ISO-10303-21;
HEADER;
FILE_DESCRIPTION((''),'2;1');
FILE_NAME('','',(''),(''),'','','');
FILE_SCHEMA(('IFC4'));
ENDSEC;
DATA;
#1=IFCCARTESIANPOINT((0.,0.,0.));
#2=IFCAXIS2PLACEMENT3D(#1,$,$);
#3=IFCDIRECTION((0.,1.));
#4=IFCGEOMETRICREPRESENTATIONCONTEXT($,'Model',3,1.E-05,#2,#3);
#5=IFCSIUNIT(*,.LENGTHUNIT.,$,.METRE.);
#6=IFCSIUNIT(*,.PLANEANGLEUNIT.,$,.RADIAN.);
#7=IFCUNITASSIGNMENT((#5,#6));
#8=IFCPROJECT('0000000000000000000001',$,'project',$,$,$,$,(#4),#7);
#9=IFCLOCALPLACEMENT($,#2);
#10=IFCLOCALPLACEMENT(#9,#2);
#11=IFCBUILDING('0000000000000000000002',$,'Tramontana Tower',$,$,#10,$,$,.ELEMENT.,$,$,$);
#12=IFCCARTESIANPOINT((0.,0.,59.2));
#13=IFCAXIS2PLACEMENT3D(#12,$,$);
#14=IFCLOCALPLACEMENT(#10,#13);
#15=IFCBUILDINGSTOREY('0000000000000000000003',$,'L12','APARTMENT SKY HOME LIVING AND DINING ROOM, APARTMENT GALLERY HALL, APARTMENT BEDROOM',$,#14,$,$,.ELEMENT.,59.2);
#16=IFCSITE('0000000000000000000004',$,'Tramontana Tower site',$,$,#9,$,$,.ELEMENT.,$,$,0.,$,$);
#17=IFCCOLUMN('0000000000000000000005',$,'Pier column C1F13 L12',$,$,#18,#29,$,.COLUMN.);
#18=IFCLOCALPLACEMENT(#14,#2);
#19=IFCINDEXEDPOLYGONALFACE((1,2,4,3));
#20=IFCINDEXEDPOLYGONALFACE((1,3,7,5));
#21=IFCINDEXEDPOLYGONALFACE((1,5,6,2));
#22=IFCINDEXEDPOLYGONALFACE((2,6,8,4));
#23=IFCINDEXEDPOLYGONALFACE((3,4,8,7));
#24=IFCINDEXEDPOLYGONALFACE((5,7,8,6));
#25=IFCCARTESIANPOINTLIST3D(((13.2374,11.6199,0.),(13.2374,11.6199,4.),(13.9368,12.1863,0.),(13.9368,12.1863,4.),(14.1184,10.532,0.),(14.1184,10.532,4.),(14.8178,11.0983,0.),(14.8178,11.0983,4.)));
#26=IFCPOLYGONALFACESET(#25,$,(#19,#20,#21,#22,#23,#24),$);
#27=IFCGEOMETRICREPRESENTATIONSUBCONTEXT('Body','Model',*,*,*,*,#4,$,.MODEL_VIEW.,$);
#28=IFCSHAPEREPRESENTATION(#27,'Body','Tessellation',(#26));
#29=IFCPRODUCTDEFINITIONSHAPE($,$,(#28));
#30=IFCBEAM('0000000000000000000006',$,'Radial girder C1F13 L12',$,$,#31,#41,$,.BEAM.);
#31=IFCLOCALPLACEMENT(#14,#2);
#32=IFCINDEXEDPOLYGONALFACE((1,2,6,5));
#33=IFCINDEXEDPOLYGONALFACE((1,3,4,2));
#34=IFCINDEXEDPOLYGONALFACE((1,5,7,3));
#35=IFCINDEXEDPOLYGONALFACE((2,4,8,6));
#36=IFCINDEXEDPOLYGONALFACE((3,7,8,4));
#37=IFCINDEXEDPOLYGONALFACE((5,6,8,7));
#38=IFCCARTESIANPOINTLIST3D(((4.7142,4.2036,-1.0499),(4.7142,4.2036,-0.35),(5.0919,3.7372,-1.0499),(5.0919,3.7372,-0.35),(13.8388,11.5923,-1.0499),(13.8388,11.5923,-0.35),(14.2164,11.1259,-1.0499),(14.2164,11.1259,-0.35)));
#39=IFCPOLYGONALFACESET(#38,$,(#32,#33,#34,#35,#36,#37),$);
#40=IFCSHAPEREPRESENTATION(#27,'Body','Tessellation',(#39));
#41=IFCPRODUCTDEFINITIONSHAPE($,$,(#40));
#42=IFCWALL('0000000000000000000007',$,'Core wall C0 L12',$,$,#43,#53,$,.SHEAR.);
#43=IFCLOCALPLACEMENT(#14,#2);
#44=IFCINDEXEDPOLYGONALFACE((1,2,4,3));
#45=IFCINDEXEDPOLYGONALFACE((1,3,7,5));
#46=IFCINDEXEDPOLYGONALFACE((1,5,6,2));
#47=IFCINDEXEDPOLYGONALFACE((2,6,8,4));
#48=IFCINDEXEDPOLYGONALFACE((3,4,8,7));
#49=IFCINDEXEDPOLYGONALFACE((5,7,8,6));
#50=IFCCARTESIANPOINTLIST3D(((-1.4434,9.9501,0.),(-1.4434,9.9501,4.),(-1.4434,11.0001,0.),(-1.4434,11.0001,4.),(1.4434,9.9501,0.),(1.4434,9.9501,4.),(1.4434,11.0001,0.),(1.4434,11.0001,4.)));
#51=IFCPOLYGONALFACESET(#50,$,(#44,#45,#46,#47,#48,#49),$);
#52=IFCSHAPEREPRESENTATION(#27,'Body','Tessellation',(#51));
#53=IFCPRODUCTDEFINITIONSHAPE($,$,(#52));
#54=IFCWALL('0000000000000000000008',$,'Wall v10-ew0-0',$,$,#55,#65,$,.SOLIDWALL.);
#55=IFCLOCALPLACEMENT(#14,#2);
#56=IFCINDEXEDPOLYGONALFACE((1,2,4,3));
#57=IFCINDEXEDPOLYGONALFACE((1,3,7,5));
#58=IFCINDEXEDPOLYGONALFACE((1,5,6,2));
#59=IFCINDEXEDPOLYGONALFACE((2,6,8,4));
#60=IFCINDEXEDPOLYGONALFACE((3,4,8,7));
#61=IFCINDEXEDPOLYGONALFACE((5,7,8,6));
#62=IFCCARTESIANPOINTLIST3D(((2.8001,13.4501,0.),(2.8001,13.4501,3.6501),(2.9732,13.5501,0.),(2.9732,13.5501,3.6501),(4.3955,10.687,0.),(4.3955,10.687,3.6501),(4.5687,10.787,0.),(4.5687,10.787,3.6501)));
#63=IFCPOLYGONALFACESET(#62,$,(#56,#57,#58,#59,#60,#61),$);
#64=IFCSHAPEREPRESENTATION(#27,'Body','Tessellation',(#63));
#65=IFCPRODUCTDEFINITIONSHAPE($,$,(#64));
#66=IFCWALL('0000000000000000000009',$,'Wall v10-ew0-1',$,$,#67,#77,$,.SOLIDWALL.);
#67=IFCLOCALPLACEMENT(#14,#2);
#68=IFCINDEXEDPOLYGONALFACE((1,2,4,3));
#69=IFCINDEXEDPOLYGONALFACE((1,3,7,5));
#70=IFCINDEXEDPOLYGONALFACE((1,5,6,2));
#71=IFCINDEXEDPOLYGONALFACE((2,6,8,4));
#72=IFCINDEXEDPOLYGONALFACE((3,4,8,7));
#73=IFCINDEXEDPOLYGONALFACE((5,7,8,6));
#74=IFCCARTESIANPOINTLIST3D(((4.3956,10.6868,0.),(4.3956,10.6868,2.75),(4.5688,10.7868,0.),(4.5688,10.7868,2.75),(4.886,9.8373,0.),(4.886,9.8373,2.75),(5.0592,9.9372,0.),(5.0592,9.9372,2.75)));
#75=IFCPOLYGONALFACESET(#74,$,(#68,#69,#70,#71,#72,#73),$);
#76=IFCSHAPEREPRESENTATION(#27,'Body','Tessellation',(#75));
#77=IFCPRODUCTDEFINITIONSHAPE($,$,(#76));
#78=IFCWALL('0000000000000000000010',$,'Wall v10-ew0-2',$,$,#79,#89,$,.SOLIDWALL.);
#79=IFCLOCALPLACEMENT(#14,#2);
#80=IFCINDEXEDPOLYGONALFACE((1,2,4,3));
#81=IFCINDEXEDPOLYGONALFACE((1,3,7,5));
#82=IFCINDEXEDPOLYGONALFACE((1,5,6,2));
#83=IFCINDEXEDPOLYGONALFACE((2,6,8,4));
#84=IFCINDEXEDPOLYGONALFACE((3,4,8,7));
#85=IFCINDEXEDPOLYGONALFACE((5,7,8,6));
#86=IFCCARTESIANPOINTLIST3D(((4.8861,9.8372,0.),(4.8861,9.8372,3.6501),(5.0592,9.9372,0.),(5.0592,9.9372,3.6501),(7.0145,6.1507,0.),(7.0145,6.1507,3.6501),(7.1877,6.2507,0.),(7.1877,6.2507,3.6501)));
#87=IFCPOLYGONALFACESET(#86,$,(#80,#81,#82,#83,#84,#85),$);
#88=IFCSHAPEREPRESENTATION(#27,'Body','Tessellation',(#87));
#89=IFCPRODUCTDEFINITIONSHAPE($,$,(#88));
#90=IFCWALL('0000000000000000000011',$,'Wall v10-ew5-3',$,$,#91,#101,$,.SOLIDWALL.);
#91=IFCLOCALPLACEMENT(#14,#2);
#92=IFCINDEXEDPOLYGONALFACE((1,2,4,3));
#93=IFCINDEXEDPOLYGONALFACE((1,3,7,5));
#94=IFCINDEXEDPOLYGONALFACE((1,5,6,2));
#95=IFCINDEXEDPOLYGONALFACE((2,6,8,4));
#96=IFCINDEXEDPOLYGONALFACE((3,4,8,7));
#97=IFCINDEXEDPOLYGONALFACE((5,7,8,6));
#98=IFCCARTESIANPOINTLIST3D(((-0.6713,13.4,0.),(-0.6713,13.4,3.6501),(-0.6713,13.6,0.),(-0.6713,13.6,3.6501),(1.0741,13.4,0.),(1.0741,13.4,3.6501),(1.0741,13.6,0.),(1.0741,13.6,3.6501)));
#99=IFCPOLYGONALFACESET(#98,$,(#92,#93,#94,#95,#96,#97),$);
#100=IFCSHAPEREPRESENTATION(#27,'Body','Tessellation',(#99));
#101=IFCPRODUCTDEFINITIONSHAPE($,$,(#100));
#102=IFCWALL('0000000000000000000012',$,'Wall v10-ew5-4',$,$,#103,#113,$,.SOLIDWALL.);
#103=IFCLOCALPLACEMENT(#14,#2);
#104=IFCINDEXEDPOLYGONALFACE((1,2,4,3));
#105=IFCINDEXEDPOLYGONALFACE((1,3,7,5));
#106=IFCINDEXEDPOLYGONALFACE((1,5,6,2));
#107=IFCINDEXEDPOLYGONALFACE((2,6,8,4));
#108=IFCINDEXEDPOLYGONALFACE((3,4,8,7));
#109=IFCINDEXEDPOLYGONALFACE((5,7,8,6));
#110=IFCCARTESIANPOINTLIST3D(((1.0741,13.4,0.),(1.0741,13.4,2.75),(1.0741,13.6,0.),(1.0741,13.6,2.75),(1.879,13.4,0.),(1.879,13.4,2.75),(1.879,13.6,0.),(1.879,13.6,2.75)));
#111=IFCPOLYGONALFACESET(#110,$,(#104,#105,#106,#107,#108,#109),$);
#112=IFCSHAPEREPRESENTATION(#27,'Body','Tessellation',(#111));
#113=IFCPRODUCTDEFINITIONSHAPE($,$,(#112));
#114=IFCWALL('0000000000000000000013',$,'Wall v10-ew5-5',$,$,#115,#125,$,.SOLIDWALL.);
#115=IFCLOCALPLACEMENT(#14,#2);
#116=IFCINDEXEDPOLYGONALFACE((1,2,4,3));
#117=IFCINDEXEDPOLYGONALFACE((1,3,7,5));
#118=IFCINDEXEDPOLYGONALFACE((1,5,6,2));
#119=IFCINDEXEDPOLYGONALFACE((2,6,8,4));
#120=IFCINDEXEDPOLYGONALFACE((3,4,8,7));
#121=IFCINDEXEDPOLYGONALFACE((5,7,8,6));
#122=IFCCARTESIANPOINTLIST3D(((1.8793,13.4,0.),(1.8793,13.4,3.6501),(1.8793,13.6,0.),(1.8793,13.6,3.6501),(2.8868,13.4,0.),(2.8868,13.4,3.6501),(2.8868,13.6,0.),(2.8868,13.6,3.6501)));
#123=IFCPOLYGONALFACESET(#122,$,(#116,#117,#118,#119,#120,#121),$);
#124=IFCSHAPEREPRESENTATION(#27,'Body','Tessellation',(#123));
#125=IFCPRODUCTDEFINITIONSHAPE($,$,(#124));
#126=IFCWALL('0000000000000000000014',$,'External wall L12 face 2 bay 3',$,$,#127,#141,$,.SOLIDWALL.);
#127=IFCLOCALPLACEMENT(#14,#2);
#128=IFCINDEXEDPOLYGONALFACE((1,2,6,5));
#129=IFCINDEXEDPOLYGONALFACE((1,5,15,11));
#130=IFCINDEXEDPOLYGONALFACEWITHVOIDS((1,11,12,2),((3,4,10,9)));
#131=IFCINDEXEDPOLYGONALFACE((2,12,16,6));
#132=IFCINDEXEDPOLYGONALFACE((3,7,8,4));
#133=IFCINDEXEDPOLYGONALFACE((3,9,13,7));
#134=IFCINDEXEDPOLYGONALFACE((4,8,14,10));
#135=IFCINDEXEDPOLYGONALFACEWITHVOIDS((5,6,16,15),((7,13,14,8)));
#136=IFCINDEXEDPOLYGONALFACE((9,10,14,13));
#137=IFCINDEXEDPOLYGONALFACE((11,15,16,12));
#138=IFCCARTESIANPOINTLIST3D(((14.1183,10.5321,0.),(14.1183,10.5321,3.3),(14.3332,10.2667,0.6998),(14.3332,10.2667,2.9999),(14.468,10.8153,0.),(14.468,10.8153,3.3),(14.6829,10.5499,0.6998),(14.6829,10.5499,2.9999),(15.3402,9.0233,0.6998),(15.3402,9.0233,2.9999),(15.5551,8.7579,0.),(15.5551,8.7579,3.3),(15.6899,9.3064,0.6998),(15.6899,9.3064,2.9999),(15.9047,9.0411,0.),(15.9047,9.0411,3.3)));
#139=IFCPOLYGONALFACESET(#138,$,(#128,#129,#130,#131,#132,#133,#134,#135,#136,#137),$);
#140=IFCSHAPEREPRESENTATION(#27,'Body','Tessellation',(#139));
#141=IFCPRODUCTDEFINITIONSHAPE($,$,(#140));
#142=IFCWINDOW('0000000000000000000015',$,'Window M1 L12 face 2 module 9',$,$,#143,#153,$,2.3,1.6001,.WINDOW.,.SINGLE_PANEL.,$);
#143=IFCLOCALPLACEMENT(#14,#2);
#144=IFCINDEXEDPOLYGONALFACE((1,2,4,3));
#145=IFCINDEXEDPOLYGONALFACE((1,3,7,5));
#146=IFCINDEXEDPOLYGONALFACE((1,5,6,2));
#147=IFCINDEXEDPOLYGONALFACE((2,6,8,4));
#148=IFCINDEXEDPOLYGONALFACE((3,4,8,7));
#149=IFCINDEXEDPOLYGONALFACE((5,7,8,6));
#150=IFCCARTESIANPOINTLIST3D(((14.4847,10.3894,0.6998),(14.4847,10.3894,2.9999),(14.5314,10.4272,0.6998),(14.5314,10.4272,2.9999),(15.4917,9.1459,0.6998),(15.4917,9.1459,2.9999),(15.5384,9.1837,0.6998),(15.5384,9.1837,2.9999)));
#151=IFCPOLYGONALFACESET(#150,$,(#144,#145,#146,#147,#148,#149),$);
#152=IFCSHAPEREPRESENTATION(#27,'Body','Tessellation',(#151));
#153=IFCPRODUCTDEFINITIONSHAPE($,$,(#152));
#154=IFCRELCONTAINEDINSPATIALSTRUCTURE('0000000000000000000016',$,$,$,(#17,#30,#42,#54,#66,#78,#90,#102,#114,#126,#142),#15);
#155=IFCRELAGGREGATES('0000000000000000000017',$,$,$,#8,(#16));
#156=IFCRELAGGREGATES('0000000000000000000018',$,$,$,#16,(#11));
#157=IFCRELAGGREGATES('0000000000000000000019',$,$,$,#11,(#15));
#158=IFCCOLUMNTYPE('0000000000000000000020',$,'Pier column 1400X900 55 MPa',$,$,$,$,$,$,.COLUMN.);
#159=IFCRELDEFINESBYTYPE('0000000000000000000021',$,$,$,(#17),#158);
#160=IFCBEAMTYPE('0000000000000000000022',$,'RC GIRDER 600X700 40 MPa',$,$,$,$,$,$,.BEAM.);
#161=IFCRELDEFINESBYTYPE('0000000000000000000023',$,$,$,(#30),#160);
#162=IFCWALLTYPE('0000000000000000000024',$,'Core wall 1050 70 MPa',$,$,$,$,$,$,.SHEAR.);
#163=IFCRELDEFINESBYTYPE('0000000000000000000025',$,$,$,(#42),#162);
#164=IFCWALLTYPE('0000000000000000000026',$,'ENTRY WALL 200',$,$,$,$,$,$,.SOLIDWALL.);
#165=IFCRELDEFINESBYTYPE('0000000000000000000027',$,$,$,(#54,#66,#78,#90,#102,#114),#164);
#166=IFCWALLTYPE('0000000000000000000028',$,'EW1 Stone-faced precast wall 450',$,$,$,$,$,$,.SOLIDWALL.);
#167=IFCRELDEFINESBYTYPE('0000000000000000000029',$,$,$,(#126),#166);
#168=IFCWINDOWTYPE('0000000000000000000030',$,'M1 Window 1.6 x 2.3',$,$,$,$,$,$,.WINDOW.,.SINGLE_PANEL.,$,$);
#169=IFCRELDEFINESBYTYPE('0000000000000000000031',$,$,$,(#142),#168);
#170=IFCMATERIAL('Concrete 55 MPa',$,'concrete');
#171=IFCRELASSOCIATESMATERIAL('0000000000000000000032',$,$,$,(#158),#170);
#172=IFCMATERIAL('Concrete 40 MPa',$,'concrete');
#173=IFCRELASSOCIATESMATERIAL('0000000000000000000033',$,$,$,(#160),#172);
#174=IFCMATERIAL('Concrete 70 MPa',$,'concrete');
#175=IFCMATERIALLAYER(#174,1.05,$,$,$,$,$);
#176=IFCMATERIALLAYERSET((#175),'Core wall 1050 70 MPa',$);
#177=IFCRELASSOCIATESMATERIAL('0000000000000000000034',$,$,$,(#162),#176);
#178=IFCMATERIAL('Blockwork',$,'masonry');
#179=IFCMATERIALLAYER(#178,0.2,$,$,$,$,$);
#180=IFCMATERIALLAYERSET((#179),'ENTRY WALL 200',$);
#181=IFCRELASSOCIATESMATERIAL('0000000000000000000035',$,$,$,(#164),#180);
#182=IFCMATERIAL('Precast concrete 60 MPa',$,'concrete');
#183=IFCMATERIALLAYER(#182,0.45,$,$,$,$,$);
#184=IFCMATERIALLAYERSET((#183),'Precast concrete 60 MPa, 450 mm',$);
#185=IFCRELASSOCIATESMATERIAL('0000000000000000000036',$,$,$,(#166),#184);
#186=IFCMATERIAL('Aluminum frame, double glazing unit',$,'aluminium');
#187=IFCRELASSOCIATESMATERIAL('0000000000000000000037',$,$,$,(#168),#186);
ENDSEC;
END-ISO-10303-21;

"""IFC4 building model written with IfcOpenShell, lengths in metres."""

from ifc_helpers import new_model, si_unit, direction, frame, frame_2d, origin, origin_2d, place, context, subcontext, project, spatial, rectangle, extrude, material, layer, layer_set, material_profile, profile_set, type_object, element, fill, save


model = new_model("IFC4")

# Units and contexts
model_context = context("Model", 3, precision=1e-05, world=origin(), true_north=direction((0.0, 1.0)))
body_context = subcontext(model_context, "Body", "Model", "MODEL_VIEW")
ifc_project = project(units=[si_unit("LENGTHUNIT", "METRE"), si_unit("PLANEANGLEUNIT", "RADIAN")], contexts=[model_context])

# Site, building, storey
site_placement = place(None, origin())
site = spatial("IfcSite", under=ifc_project, at=site_placement, Name="Tramontana Tower site", CompositionType="ELEMENT", RefElevation=0.0)
building_placement = place(site_placement, origin())
building = spatial("IfcBuilding", under=site, at=building_placement, Name="Tramontana Tower", CompositionType="ELEMENT")
storey_placement = place(building_placement, frame((0.0, 0.0, 59.2)))
storey = spatial("IfcBuildingStorey", under=building, at=storey_placement, Name="L12", Description="APARTMENT SKY HOME LIVING AND DINING ROOM, APARTMENT GALLERY HALL, APARTMENT BEDROOM", CompositionType="ELEMENT", Elevation=59.2)

# Column
ifc_material_1 = material(Name="Concrete 55 MPa", Category="concrete")
ifc_material_profile_1 = material_profile(ifc_material_1, rectangle(XDim=1.3999, YDim=0.8999, at=origin_2d()), Name="Pier column 1400X900 55 MPa")
ifc_profile_set_1 = profile_set([ifc_material_profile_1], Name="Concrete 55 MPa")
column_type = type_object("IfcColumnType", Name="Pier column 1400X900 55 MPa", PredefinedType="COLUMN", material=ifc_profile_set_1)
column_placement = place(storey_placement, frame((14.0276, 11.3591, 0.0), z_axis=(0.0, 0.0, 1.0), x_axis=(-0.62932, 0.777146, 0.0)))
element("IfcColumn", 1, at=column_placement, inside=storey, type_object=column_type, Name="Pier column C1F13 L12", PredefinedType="COLUMN", context=body_context, shape_type="SweptSolid", body=[
    extrude(rectangle(XDim=1.3999, YDim=0.8999, at=origin_2d()), origin(), (0.0, 0.0, 1.0), 4.0),
])

# Beam
ifc_material_2 = material(Name="Concrete 40 MPa", Category="concrete")
ifc_material_profile_2 = material_profile(ifc_material_2, rectangle(XDim=0.6001, YDim=0.7, at=origin_2d()), Name="RC GIRDER 600X700 40 MPa")
ifc_profile_set_2 = profile_set([ifc_material_profile_2], Name="Concrete 40 MPa")
beam_type = type_object("IfcBeamType", Name="RC GIRDER 600X700 40 MPa", PredefinedType="BEAM", material=ifc_profile_set_2)
beam_placement = place(storey_placement, frame((14.0276, 11.3591, -0.7), z_axis=(-0.777155, -0.629309, 0.0), x_axis=(0.629309, -0.777155, 0.0)))
element("IfcBeam", 2, at=beam_placement, inside=storey, type_object=beam_type, Name="Radial girder C1F13 L12", PredefinedType="BEAM", context=body_context, shape_type="SweptSolid", body=[
    extrude(rectangle(XDim=0.6001, YDim=0.7, at=origin_2d()), origin(), (0.0, 0.0, 1.0), 11.741),
])

# Walls
ifc_material_3 = material(Name="Concrete 70 MPa", Category="concrete")
ifc_layer_1 = layer(ifc_material_3, 1.05)
ifc_layer_set_1 = layer_set([ifc_layer_1], Name="Core wall 1050 70 MPa")
wall_type_1 = type_object("IfcWallType", Name="Core wall 1050 70 MPa", PredefinedType="SHEAR", material=ifc_layer_set_1)
wall_1_placement = place(storey_placement, frame((1.4434, 10.4751, 0.0), z_axis=(0.0, 0.0, 1.0), x_axis=(-1.0, 0.0, 0.0)))
element("IfcWall", 3, at=wall_1_placement, inside=storey, type_object=wall_type_1, Name="Core wall C0 L12", PredefinedType="SHEAR", context=body_context, shape_type="SweptSolid", body=[
    extrude(rectangle(XDim=2.8867, YDim=1.05, at=frame_2d((1.4434, 0.0))), origin(), (0.0, 0.0, 1.0), 4.0),
])
ifc_material_4 = material(Name="Blockwork", Category="masonry")
ifc_layer_2 = layer(ifc_material_4, 0.2)
ifc_layer_set_2 = layer_set([ifc_layer_2], Name="ENTRY WALL 200")
wall_type_2 = type_object("IfcWallType", Name="ENTRY WALL 200", PredefinedType="SOLIDWALL", material=ifc_layer_set_2)
wall_2_placement = place(storey_placement, frame((2.8867, 13.5, 0.0), z_axis=(0.0, 0.0, 1.0), x_axis=(0.500032, -0.866007, 0.0)))
element("IfcWall", 4, at=wall_2_placement, inside=storey, type_object=wall_type_2, Name="Wall v10-ew0-0", PredefinedType="SOLIDWALL", context=body_context, shape_type="SweptSolid", body=[
    extrude(rectangle(XDim=3.1907, YDim=0.2, at=frame_2d((1.5952, 0.0))), origin(), (0.0, 0.0, 1.0), 3.6501),
])
wall_3_placement = place(storey_placement, frame((4.4822, 10.7368, 0.0), z_axis=(0.0, 0.0, 1.0), x_axis=(0.499967, -0.866045, 0.0)))
element("IfcWall", 5, at=wall_3_placement, inside=storey, type_object=wall_type_2, Name="Wall v10-ew0-1", PredefinedType="SOLIDWALL", context=body_context, shape_type="SweptSolid", body=[
    extrude(rectangle(XDim=0.981, YDim=0.2, at=frame_2d((0.4905, 0.0))), origin(), (0.0, 0.0, 1.0), 2.75),
])
wall_4_placement = place(storey_placement, frame((4.9727, 9.8872, 0.0), z_axis=(0.0, 0.0, 1.0), x_axis=(0.5, -0.866025, 0.0)))
element("IfcWall", 6, at=wall_4_placement, inside=storey, type_object=wall_type_2, Name="Wall v10-ew0-2", PredefinedType="SOLIDWALL", context=body_context, shape_type="SweptSolid", body=[
    extrude(rectangle(XDim=4.2568, YDim=0.2, at=frame_2d((2.1284, 0.0))), origin(), (0.0, 0.0, 1.0), 3.6501),
])
wall_5_placement = place(storey_placement, frame((-0.6711, 13.5, 0.0), z_axis=(0.0, 0.0, 1.0), x_axis=(1.0, 0.0, 0.0)))
element("IfcWall", 7, at=wall_5_placement, inside=storey, type_object=wall_type_2, Name="Wall v10-ew5-3", PredefinedType="SOLIDWALL", context=body_context, shape_type="SweptSolid", body=[
    extrude(rectangle(XDim=1.7454, YDim=0.2, at=frame_2d((0.8726, 0.0))), origin(), (0.0, 0.0, 1.0), 3.6501),
])
wall_6_placement = place(storey_placement, frame((1.0742, 13.5, 0.0), z_axis=(0.0, 0.0, 1.0), x_axis=(1.0, 0.0, 0.0)))
element("IfcWall", 8, at=wall_6_placement, inside=storey, type_object=wall_type_2, Name="Wall v10-ew5-4", PredefinedType="SOLIDWALL", context=body_context, shape_type="SweptSolid", body=[
    extrude(rectangle(XDim=0.8049, YDim=0.2, at=frame_2d((0.4023, 0.0))), origin(), (0.0, 0.0, 1.0), 2.75),
])
wall_7_placement = place(storey_placement, frame((1.8792, 13.5, 0.0), z_axis=(0.0, 0.0, 1.0), x_axis=(1.0, 0.0, 0.0)))
element("IfcWall", 9, at=wall_7_placement, inside=storey, type_object=wall_type_2, Name="Wall v10-ew5-5", PredefinedType="SOLIDWALL", context=body_context, shape_type="SweptSolid", body=[
    extrude(rectangle(XDim=1.0076, YDim=0.2, at=frame_2d((0.5039, 0.0))), origin(), (0.0, 0.0, 1.0), 3.6501),
])

# Wall, opening, window
ifc_material_5 = material(Name="Precast concrete 60 MPa", Category="concrete")
ifc_layer_3 = layer(ifc_material_5, 0.45)
ifc_layer_set_3 = layer_set([ifc_layer_3], Name="Precast concrete 60 MPa, 450 mm")
wall_type_3 = type_object("IfcWallType", Name="EW1 Stone-faced precast wall 450", PredefinedType="SOLIDWALL", material=ifc_layer_set_3)
wall_8_placement = place(storey_placement, frame((15.73, 8.8994, 0.0), z_axis=(0.0, 0.0, 1.0), x_axis=(-0.62934, 0.77713, 0.0)))
wall_8 = element("IfcWall", 10, at=wall_8_placement, inside=storey, type_object=wall_type_3, Name="External wall L12 face 2 bay 3", PredefinedType="SOLIDWALL", context=body_context, shape_type="SweptSolid", body=[
    extrude(rectangle(XDim=2.283, YDim=0.45, at=frame_2d((1.1416, 0.0))), origin(), (0.0, 0.0, 1.0), 3.3),
])
opening_1_placement = place(wall_8_placement, frame((0.3416, 0.0, 0.7)))
opening_1 = element("IfcOpeningElement", 11, at=opening_1_placement, cuts=wall_8, PredefinedType="OPENING", context=body_context, shape_type="SweptSolid", body=[
    extrude(rectangle(XDim=1.6001, YDim=2.3, at=frame_2d((0.8, 1.1499))), frame((0.0, 0.2349, 0.0), z_axis=(0.0, -1.0, 0.0), x_axis=(1.0, 0.0, 0.0)), (0.0, 0.0, 1.0), 0.47),
])
ifc_material_6 = material(Name="Aluminum frame, double glazing unit", Category="aluminium")
window_type_1 = type_object("IfcWindowType", Name="M1 Window 1.6 x 2.3", PartitioningType="SINGLE_PANEL", PredefinedType="WINDOW", material=ifc_material_6)
window_1_placement = place(opening_1_placement, origin())
window_1 = element("IfcWindow", 12, at=window_1_placement, inside=storey, type_object=window_type_1, Name="Window M1 L12 face 2 module 9", OverallHeight=2.3, OverallWidth=1.6001, PartitioningType="SINGLE_PANEL", PredefinedType="WINDOW", context=body_context, shape_type="SweptSolid", body=[
    extrude(rectangle(XDim=1.6001, YDim=2.3, at=frame_2d((0.8, 1.1499))), frame((0.0, 0.03, 0.0), z_axis=(0.0, -1.0, 0.0), x_axis=(1.0, 0.0, 0.0)), (0.0, 0.0, 1.0), 0.0601),
])
fill(opening_1, window_1)

save(model, "model.ifc")
